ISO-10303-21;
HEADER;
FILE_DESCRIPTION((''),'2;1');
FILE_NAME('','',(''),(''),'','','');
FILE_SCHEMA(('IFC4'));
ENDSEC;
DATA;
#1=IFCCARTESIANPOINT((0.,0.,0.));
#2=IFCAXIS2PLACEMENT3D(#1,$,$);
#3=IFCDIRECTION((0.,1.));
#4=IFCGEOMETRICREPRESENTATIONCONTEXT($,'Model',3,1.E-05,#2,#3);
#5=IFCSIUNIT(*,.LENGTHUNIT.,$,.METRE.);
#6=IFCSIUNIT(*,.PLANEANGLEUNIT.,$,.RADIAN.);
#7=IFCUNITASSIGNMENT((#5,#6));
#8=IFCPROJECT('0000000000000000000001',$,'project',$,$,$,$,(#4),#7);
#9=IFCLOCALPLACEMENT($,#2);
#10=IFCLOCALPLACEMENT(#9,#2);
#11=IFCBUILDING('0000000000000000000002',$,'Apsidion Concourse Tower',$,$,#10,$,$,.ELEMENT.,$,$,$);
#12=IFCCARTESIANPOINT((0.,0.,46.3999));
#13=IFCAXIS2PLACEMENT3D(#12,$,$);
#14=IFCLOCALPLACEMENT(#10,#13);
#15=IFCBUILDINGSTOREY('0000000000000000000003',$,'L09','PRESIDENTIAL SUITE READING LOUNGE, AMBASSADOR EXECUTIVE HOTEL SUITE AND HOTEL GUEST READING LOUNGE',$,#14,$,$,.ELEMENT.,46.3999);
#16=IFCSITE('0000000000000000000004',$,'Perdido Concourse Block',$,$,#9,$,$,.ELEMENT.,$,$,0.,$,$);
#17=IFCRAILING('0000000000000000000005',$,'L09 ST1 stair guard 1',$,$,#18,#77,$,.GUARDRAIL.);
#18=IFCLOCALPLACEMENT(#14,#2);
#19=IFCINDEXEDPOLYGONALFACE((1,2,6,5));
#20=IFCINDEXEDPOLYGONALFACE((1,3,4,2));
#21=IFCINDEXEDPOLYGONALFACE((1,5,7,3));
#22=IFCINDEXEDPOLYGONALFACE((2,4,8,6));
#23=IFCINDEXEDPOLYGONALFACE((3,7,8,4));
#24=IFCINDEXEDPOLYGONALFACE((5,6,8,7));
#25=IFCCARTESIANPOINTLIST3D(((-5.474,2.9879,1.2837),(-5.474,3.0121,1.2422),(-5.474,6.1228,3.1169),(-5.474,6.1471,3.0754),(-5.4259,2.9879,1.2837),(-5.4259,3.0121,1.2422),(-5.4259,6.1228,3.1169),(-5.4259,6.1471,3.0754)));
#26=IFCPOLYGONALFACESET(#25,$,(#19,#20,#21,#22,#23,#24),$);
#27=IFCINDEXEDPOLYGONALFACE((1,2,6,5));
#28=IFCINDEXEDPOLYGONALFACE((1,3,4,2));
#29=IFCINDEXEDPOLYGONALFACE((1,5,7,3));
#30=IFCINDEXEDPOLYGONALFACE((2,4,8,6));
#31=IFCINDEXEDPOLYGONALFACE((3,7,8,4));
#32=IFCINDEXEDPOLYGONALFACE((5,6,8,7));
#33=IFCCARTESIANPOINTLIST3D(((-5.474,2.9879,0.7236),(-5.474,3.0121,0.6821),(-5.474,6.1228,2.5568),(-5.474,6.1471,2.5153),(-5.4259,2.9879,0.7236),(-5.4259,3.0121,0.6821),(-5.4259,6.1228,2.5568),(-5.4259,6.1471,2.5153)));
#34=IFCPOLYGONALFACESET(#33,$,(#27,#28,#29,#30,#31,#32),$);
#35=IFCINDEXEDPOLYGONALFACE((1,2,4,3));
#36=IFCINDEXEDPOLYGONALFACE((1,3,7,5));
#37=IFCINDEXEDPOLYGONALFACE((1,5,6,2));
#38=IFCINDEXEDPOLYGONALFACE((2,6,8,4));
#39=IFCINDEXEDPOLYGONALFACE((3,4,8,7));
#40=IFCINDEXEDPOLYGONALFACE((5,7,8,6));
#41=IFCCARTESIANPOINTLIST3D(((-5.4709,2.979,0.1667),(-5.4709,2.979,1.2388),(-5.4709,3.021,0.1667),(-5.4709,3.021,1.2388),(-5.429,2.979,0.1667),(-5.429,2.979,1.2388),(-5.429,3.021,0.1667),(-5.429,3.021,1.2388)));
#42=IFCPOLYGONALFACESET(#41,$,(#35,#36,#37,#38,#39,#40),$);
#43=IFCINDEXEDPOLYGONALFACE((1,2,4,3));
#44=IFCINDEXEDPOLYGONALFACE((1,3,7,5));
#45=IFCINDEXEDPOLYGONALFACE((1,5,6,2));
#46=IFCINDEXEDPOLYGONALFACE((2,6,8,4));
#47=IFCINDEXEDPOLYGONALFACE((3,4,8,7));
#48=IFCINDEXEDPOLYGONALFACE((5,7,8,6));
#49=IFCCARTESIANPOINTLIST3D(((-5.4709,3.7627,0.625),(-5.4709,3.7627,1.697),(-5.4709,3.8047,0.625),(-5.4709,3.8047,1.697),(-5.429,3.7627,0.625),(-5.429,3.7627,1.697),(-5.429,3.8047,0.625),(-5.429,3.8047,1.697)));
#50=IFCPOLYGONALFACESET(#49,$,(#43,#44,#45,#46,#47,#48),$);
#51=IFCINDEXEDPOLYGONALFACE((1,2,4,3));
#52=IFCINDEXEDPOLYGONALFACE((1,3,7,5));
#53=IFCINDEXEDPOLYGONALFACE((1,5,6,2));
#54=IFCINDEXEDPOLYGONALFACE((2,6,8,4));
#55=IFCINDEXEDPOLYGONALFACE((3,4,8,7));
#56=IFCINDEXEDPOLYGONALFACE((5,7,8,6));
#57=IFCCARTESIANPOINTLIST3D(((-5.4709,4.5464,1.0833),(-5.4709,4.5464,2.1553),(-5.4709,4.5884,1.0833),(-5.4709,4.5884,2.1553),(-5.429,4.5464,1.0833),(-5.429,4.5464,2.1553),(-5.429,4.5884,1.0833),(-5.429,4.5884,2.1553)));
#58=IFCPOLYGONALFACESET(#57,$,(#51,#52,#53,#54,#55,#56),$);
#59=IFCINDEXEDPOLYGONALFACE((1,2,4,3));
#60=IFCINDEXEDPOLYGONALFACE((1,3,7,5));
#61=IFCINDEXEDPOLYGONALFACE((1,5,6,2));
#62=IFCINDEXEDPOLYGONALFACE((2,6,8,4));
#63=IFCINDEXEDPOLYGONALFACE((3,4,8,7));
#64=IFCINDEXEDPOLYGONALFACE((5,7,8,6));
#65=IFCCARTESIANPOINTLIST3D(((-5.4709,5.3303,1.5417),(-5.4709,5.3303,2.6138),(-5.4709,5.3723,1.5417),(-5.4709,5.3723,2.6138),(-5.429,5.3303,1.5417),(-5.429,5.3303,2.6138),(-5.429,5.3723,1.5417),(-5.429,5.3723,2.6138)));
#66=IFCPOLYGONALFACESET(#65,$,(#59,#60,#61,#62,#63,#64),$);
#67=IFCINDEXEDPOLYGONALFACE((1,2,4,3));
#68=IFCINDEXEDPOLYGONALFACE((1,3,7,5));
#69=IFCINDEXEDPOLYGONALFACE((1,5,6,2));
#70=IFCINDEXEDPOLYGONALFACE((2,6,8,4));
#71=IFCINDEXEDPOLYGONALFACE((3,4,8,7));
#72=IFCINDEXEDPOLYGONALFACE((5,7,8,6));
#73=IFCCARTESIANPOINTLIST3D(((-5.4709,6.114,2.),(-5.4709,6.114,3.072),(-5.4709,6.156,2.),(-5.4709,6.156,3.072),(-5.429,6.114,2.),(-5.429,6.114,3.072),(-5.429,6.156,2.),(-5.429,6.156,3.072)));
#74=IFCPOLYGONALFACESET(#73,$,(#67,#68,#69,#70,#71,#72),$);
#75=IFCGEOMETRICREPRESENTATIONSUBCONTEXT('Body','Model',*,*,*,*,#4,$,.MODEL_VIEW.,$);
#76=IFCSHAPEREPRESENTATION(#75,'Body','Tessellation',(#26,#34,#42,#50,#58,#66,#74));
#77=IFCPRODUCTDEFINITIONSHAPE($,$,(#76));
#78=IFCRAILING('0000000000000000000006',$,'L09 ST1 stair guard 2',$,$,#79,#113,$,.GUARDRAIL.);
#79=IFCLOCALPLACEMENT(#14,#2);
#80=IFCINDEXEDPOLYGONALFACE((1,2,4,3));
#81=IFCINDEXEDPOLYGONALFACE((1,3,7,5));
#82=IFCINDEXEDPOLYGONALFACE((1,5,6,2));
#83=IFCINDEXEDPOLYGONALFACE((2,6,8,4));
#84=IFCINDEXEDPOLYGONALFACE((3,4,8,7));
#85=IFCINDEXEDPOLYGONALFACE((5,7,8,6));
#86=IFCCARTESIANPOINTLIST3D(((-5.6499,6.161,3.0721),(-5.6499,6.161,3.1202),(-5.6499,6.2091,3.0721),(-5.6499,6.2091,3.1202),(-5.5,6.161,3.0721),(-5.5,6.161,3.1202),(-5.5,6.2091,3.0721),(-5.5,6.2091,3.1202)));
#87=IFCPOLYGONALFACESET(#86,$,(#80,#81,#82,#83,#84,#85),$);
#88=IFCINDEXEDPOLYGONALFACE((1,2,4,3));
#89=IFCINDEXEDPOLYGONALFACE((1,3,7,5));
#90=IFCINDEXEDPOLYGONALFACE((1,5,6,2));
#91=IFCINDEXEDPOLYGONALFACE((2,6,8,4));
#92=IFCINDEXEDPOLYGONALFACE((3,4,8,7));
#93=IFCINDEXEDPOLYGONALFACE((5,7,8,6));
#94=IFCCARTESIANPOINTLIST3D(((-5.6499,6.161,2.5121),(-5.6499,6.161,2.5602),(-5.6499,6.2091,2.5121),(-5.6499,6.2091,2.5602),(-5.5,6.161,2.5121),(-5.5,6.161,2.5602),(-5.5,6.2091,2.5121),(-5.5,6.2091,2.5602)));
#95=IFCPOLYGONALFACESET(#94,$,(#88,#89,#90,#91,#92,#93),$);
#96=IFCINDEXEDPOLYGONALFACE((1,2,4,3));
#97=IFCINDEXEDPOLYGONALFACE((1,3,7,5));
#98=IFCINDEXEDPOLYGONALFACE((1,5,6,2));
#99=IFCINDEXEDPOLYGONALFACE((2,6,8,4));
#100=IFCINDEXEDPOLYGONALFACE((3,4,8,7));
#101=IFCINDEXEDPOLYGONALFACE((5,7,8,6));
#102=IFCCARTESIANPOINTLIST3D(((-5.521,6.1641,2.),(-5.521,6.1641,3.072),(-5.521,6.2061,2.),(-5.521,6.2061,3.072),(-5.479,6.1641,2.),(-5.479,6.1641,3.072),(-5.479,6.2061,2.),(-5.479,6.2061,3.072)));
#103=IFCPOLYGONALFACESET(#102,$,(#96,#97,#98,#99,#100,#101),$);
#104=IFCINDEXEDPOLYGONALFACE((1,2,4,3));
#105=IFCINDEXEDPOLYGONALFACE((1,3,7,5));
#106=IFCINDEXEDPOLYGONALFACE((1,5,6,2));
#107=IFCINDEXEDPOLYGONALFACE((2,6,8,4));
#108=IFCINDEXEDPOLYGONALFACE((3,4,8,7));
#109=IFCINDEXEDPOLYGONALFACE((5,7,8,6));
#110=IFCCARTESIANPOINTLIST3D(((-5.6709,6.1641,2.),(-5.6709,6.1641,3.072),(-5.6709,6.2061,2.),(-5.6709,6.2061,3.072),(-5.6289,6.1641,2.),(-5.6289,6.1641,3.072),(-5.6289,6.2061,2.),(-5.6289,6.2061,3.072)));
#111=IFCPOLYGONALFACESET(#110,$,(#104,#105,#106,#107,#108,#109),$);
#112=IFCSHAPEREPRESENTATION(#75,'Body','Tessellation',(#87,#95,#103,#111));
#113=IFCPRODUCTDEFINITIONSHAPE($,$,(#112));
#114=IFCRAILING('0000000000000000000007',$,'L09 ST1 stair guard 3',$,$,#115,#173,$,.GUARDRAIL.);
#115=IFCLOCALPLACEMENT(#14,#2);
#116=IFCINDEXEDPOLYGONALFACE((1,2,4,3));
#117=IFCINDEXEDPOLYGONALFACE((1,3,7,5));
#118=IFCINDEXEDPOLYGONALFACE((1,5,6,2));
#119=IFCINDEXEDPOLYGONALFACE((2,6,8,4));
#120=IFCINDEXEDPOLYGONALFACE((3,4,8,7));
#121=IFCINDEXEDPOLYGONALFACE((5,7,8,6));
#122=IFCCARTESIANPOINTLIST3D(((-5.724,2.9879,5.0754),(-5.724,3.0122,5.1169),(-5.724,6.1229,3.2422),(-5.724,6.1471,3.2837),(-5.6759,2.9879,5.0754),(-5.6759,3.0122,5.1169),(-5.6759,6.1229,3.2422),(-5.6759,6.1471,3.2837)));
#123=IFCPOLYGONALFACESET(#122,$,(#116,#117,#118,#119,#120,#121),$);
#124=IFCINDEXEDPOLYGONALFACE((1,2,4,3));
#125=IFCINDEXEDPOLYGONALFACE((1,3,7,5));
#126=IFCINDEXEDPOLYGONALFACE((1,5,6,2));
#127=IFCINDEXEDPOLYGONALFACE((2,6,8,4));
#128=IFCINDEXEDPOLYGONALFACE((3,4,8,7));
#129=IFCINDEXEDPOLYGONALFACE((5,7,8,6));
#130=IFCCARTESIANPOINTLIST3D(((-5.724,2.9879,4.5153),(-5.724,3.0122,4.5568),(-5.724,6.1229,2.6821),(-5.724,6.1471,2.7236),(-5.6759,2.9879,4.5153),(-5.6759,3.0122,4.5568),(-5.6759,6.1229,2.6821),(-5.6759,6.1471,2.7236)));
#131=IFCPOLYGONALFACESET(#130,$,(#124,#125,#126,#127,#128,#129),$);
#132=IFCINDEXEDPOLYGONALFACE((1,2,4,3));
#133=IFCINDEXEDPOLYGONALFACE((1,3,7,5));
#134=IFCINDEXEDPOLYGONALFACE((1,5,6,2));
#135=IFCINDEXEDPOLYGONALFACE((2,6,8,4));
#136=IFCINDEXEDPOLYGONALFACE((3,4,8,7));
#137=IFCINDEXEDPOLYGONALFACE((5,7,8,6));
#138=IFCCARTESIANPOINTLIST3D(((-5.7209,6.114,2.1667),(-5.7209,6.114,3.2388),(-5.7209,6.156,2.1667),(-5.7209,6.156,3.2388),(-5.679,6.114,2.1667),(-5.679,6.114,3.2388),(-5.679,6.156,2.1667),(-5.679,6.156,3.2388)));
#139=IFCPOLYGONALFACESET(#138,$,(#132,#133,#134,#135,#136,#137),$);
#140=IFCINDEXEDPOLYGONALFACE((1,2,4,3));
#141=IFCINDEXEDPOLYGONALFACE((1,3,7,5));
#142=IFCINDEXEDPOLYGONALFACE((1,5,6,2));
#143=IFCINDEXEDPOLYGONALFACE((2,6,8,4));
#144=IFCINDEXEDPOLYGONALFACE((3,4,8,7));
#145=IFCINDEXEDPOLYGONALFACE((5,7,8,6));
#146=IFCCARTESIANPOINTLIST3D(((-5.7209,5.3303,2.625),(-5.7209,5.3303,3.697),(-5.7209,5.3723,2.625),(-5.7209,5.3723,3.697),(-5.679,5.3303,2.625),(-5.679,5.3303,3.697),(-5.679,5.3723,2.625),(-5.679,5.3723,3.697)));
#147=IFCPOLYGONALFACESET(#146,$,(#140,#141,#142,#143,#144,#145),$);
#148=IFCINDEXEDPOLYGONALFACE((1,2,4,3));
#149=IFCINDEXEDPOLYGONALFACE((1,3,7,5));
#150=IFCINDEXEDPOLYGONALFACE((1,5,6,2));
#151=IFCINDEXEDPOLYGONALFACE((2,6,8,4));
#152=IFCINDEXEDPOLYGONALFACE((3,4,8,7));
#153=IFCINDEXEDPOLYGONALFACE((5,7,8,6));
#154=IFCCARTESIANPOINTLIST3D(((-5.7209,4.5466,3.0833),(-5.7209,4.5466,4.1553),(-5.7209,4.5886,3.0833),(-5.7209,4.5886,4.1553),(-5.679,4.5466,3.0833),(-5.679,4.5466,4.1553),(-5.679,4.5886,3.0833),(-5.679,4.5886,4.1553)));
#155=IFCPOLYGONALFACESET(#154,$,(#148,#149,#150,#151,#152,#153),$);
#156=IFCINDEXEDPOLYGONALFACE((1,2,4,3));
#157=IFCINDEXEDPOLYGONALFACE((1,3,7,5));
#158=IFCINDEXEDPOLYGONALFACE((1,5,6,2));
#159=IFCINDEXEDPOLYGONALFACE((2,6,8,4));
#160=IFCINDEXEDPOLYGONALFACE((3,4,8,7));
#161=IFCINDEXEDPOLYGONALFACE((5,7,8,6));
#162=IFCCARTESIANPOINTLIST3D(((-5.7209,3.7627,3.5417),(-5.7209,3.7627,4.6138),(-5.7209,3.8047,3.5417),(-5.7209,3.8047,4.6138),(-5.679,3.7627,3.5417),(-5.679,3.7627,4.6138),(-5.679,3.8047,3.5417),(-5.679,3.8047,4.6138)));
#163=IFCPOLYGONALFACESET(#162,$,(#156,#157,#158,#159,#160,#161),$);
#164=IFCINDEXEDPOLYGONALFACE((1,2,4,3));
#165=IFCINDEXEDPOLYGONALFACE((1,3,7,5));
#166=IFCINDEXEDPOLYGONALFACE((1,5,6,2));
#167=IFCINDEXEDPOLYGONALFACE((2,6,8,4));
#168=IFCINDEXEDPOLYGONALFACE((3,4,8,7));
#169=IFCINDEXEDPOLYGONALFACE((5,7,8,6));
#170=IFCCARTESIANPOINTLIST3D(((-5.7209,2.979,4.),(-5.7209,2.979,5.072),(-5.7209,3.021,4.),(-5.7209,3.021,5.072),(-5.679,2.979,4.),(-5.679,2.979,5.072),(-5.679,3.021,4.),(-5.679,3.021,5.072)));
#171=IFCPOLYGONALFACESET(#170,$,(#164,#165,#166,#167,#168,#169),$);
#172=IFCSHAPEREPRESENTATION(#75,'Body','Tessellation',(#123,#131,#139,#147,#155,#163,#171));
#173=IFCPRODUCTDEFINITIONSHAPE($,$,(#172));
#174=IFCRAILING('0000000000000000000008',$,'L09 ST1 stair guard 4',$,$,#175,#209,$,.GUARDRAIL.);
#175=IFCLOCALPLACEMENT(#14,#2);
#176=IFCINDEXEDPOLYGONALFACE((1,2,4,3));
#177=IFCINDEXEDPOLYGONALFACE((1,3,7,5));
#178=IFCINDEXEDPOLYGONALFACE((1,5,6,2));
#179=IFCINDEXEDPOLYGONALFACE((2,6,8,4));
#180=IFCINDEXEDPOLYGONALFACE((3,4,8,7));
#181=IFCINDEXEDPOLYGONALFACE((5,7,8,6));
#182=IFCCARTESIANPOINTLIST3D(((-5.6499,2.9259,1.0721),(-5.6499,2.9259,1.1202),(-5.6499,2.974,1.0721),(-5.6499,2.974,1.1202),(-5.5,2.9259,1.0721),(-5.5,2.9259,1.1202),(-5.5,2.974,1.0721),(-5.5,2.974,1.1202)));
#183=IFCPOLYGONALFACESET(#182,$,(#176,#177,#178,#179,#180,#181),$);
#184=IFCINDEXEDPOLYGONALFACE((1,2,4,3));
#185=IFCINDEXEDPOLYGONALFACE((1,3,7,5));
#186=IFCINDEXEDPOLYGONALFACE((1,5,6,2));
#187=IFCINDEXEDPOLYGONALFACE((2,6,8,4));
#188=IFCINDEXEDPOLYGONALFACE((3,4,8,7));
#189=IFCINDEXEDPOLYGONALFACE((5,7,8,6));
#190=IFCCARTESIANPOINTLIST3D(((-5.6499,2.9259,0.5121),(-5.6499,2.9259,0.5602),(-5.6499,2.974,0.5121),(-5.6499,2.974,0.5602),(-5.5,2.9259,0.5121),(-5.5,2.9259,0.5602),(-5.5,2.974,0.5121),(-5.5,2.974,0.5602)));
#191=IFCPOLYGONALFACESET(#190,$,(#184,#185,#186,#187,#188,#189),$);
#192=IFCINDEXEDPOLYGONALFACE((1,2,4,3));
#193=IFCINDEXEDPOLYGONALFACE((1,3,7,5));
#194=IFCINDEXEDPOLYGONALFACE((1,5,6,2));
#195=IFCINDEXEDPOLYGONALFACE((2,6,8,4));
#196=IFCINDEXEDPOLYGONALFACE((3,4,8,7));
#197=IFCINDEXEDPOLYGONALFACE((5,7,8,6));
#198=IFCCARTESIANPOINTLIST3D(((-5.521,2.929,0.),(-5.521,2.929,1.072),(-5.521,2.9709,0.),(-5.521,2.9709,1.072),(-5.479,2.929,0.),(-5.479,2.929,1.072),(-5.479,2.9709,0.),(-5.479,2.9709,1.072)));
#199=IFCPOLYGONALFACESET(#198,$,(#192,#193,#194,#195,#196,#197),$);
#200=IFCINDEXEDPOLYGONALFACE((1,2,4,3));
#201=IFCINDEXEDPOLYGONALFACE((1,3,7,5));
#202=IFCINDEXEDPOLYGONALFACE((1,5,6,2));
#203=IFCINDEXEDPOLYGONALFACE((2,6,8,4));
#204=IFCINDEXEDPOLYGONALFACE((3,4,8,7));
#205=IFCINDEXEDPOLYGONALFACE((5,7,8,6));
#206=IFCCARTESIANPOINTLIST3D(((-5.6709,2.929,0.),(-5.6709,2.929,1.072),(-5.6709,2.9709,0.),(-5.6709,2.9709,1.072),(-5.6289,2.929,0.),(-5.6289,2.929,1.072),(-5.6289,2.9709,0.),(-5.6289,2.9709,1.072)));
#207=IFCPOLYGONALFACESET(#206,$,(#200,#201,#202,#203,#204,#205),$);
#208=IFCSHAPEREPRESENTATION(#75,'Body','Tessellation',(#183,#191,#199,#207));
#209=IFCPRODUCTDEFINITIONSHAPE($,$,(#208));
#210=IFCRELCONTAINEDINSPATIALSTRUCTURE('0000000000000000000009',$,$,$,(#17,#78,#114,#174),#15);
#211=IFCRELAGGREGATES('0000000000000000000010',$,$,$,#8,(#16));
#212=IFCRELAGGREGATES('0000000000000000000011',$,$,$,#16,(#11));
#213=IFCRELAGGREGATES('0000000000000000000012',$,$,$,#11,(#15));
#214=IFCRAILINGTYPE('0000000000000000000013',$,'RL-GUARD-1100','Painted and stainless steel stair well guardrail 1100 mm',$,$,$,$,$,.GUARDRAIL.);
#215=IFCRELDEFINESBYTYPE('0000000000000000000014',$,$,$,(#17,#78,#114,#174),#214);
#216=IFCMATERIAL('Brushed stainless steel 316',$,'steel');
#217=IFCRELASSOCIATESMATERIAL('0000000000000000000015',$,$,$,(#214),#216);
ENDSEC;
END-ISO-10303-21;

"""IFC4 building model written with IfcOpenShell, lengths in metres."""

from ifc_helpers import new_model, si_unit, direction, frame, origin, origin_2d, place, context, subcontext, project, spatial, rectangle, extrude, material, type_object, element, save


model = new_model("IFC4")

# Units and contexts
model_context = context("Model", 3, precision=1e-05, world=origin(), true_north=direction((0.0, 1.0)))
body_context = subcontext(model_context, "Body", "Model", "MODEL_VIEW")
ifc_project = project(units=[si_unit("LENGTHUNIT", "METRE"), si_unit("PLANEANGLEUNIT", "RADIAN")], contexts=[model_context])

# Site, building, storey
site_placement = place(None, origin())
site = spatial("IfcSite", under=ifc_project, at=site_placement, Name="Perdido Concourse Block", CompositionType="ELEMENT", RefElevation=0.0)
building_placement = place(site_placement, origin())
building = spatial("IfcBuilding", under=site, at=building_placement, Name="Apsidion Concourse Tower", CompositionType="ELEMENT")
storey_placement = place(building_placement, frame((0.0, 0.0, 46.3999)))
storey = spatial("IfcBuildingStorey", under=building, at=storey_placement, Name="L09", Description="PRESIDENTIAL SUITE READING LOUNGE, AMBASSADOR EXECUTIVE HOTEL SUITE AND HOTEL GUEST READING LOUNGE", CompositionType="ELEMENT", Elevation=46.3999)

# Railings
ifc_material_1 = material(Name="Brushed stainless steel 316", Category="steel")
railing_type_1 = type_object("IfcRailingType", Name="RL-GUARD-1100", Description="Painted and stainless steel stair well guardrail 1100 mm", PredefinedType="GUARDRAIL", material=ifc_material_1)
railing_1_placement = place(storey_placement, frame((-5.45, 3.0, 0.1667)))
element("IfcRailing", 1, at=railing_1_placement, inside=storey, type_object=railing_type_1, Name="L09 ST1 stair guard 1", PredefinedType="GUARDRAIL", context=body_context, shape_type="SweptSolid", body=[
    extrude(rectangle(XDim=0.0481, YDim=0.0481, at=origin_2d()), frame((0.0, 0.0, 1.0962), z_axis=(0.0, 0.86324, 0.504794), x_axis=(-1.0, 0.0, 0.0)), (0.0, 0.0, 1.0), 3.6316),
    extrude(rectangle(XDim=0.0481, YDim=0.0481, at=origin_2d()), frame((0.0, 0.0, 0.5361), z_axis=(0.0, 0.86324, 0.504794), x_axis=(-1.0, 0.0, 0.0)), (0.0, 0.0, 1.0), 3.6316),
    extrude(rectangle(XDim=0.042, YDim=0.042, at=origin_2d()), origin(), (0.0, 0.0, 1.0), 1.072),
    extrude(rectangle(XDim=0.042, YDim=0.042, at=origin_2d()), frame((0.0, 0.7837, 0.4583)), (0.0, 0.0, 1.0), 1.072),
    extrude(rectangle(XDim=0.042, YDim=0.042, at=origin_2d()), frame((0.0, 1.5674, 0.9165)), (0.0, 0.0, 1.0), 1.072),
    extrude(rectangle(XDim=0.042, YDim=0.042, at=origin_2d()), frame((0.0, 2.3513, 1.375)), (0.0, 0.0, 1.0), 1.072),
    extrude(rectangle(XDim=0.042, YDim=0.042, at=origin_2d()), frame((0.0, 3.135, 1.8333)), (0.0, 0.0, 1.0), 1.072),
])
railing_2_placement = place(storey_placement, frame((-5.5, 6.1851, 2.0)))
element("IfcRailing", 2, at=railing_2_placement, inside=storey, type_object=railing_type_1, Name="L09 ST1 stair guard 2", PredefinedType="GUARDRAIL", context=body_context, shape_type="SweptSolid", body=[
    extrude(rectangle(XDim=0.0481, YDim=0.0481, at=origin_2d()), frame((0.0, 0.0, 1.0962), z_axis=(-1.0, 0.0, 0.0), x_axis=(0.0, -1.0, 0.0)), (0.0, 0.0, 1.0), 0.1499),
    extrude(rectangle(XDim=0.0481, YDim=0.0481, at=origin_2d()), frame((0.0, 0.0, 0.5361), z_axis=(-1.0, 0.0, 0.0), x_axis=(0.0, -1.0, 0.0)), (0.0, 0.0, 1.0), 0.1499),
    extrude(rectangle(XDim=0.042, YDim=0.042, at=origin_2d()), origin(), (0.0, 0.0, 1.0), 1.072),
    extrude(rectangle(XDim=0.042, YDim=0.042, at=origin_2d()), frame((-0.1499, 0.0, 0.0)), (0.0, 0.0, 1.0), 1.072),
])
railing_3_placement = place(storey_placement, frame((-5.7, 6.135, 2.1667)))
element("IfcRailing", 3, at=railing_3_placement, inside=storey, type_object=railing_type_1, Name="L09 ST1 stair guard 3", PredefinedType="GUARDRAIL", context=body_context, shape_type="SweptSolid", body=[
    extrude(rectangle(XDim=0.0481, YDim=0.0481, at=origin_2d()), frame((0.0, 0.0, 1.0962), z_axis=(0.0, -0.86324, 0.504794), x_axis=(1.0, 0.0, 0.0)), (0.0, 0.0, 1.0), 3.6316),
    extrude(rectangle(XDim=0.0481, YDim=0.0481, at=origin_2d()), frame((0.0, 0.0, 0.5361), z_axis=(0.0, -0.86324, 0.504794), x_axis=(1.0, 0.0, 0.0)), (0.0, 0.0, 1.0), 3.6316),
    extrude(rectangle(XDim=0.042, YDim=0.042, at=origin_2d()), origin(), (0.0, 0.0, 1.0), 1.072),
    extrude(rectangle(XDim=0.042, YDim=0.042, at=origin_2d()), frame((0.0, -0.7837, 0.4583)), (0.0, 0.0, 1.0), 1.072),
    extrude(rectangle(XDim=0.042, YDim=0.042, at=origin_2d()), frame((0.0, -1.5674, 0.9165)), (0.0, 0.0, 1.0), 1.072),
    extrude(rectangle(XDim=0.042, YDim=0.042, at=origin_2d()), frame((0.0, -2.3513, 1.375)), (0.0, 0.0, 1.0), 1.072),
    extrude(rectangle(XDim=0.042, YDim=0.042, at=origin_2d()), frame((0.0, -3.135, 1.8333)), (0.0, 0.0, 1.0), 1.072),
])
railing_4_placement = place(storey_placement, frame((-5.5, 2.95, 0.0)))
element("IfcRailing", 4, at=railing_4_placement, inside=storey, type_object=railing_type_1, Name="L09 ST1 stair guard 4", PredefinedType="GUARDRAIL", context=body_context, shape_type="SweptSolid", body=[
    extrude(rectangle(XDim=0.0481, YDim=0.0481, at=origin_2d()), frame((0.0, 0.0, 1.0962), z_axis=(-1.0, 0.0, 0.0), x_axis=(0.0, -1.0, 0.0)), (0.0, 0.0, 1.0), 0.1499),
    extrude(rectangle(XDim=0.0481, YDim=0.0481, at=origin_2d()), frame((0.0, 0.0, 0.5361), z_axis=(-1.0, 0.0, 0.0), x_axis=(0.0, -1.0, 0.0)), (0.0, 0.0, 1.0), 0.1499),
    extrude(rectangle(XDim=0.042, YDim=0.042, at=origin_2d()), origin(), (0.0, 0.0, 1.0), 1.072),
    extrude(rectangle(XDim=0.042, YDim=0.042, at=origin_2d()), frame((-0.1499, 0.0, 0.0)), (0.0, 0.0, 1.0), 1.072),
])

save(model, "model.ifc")
